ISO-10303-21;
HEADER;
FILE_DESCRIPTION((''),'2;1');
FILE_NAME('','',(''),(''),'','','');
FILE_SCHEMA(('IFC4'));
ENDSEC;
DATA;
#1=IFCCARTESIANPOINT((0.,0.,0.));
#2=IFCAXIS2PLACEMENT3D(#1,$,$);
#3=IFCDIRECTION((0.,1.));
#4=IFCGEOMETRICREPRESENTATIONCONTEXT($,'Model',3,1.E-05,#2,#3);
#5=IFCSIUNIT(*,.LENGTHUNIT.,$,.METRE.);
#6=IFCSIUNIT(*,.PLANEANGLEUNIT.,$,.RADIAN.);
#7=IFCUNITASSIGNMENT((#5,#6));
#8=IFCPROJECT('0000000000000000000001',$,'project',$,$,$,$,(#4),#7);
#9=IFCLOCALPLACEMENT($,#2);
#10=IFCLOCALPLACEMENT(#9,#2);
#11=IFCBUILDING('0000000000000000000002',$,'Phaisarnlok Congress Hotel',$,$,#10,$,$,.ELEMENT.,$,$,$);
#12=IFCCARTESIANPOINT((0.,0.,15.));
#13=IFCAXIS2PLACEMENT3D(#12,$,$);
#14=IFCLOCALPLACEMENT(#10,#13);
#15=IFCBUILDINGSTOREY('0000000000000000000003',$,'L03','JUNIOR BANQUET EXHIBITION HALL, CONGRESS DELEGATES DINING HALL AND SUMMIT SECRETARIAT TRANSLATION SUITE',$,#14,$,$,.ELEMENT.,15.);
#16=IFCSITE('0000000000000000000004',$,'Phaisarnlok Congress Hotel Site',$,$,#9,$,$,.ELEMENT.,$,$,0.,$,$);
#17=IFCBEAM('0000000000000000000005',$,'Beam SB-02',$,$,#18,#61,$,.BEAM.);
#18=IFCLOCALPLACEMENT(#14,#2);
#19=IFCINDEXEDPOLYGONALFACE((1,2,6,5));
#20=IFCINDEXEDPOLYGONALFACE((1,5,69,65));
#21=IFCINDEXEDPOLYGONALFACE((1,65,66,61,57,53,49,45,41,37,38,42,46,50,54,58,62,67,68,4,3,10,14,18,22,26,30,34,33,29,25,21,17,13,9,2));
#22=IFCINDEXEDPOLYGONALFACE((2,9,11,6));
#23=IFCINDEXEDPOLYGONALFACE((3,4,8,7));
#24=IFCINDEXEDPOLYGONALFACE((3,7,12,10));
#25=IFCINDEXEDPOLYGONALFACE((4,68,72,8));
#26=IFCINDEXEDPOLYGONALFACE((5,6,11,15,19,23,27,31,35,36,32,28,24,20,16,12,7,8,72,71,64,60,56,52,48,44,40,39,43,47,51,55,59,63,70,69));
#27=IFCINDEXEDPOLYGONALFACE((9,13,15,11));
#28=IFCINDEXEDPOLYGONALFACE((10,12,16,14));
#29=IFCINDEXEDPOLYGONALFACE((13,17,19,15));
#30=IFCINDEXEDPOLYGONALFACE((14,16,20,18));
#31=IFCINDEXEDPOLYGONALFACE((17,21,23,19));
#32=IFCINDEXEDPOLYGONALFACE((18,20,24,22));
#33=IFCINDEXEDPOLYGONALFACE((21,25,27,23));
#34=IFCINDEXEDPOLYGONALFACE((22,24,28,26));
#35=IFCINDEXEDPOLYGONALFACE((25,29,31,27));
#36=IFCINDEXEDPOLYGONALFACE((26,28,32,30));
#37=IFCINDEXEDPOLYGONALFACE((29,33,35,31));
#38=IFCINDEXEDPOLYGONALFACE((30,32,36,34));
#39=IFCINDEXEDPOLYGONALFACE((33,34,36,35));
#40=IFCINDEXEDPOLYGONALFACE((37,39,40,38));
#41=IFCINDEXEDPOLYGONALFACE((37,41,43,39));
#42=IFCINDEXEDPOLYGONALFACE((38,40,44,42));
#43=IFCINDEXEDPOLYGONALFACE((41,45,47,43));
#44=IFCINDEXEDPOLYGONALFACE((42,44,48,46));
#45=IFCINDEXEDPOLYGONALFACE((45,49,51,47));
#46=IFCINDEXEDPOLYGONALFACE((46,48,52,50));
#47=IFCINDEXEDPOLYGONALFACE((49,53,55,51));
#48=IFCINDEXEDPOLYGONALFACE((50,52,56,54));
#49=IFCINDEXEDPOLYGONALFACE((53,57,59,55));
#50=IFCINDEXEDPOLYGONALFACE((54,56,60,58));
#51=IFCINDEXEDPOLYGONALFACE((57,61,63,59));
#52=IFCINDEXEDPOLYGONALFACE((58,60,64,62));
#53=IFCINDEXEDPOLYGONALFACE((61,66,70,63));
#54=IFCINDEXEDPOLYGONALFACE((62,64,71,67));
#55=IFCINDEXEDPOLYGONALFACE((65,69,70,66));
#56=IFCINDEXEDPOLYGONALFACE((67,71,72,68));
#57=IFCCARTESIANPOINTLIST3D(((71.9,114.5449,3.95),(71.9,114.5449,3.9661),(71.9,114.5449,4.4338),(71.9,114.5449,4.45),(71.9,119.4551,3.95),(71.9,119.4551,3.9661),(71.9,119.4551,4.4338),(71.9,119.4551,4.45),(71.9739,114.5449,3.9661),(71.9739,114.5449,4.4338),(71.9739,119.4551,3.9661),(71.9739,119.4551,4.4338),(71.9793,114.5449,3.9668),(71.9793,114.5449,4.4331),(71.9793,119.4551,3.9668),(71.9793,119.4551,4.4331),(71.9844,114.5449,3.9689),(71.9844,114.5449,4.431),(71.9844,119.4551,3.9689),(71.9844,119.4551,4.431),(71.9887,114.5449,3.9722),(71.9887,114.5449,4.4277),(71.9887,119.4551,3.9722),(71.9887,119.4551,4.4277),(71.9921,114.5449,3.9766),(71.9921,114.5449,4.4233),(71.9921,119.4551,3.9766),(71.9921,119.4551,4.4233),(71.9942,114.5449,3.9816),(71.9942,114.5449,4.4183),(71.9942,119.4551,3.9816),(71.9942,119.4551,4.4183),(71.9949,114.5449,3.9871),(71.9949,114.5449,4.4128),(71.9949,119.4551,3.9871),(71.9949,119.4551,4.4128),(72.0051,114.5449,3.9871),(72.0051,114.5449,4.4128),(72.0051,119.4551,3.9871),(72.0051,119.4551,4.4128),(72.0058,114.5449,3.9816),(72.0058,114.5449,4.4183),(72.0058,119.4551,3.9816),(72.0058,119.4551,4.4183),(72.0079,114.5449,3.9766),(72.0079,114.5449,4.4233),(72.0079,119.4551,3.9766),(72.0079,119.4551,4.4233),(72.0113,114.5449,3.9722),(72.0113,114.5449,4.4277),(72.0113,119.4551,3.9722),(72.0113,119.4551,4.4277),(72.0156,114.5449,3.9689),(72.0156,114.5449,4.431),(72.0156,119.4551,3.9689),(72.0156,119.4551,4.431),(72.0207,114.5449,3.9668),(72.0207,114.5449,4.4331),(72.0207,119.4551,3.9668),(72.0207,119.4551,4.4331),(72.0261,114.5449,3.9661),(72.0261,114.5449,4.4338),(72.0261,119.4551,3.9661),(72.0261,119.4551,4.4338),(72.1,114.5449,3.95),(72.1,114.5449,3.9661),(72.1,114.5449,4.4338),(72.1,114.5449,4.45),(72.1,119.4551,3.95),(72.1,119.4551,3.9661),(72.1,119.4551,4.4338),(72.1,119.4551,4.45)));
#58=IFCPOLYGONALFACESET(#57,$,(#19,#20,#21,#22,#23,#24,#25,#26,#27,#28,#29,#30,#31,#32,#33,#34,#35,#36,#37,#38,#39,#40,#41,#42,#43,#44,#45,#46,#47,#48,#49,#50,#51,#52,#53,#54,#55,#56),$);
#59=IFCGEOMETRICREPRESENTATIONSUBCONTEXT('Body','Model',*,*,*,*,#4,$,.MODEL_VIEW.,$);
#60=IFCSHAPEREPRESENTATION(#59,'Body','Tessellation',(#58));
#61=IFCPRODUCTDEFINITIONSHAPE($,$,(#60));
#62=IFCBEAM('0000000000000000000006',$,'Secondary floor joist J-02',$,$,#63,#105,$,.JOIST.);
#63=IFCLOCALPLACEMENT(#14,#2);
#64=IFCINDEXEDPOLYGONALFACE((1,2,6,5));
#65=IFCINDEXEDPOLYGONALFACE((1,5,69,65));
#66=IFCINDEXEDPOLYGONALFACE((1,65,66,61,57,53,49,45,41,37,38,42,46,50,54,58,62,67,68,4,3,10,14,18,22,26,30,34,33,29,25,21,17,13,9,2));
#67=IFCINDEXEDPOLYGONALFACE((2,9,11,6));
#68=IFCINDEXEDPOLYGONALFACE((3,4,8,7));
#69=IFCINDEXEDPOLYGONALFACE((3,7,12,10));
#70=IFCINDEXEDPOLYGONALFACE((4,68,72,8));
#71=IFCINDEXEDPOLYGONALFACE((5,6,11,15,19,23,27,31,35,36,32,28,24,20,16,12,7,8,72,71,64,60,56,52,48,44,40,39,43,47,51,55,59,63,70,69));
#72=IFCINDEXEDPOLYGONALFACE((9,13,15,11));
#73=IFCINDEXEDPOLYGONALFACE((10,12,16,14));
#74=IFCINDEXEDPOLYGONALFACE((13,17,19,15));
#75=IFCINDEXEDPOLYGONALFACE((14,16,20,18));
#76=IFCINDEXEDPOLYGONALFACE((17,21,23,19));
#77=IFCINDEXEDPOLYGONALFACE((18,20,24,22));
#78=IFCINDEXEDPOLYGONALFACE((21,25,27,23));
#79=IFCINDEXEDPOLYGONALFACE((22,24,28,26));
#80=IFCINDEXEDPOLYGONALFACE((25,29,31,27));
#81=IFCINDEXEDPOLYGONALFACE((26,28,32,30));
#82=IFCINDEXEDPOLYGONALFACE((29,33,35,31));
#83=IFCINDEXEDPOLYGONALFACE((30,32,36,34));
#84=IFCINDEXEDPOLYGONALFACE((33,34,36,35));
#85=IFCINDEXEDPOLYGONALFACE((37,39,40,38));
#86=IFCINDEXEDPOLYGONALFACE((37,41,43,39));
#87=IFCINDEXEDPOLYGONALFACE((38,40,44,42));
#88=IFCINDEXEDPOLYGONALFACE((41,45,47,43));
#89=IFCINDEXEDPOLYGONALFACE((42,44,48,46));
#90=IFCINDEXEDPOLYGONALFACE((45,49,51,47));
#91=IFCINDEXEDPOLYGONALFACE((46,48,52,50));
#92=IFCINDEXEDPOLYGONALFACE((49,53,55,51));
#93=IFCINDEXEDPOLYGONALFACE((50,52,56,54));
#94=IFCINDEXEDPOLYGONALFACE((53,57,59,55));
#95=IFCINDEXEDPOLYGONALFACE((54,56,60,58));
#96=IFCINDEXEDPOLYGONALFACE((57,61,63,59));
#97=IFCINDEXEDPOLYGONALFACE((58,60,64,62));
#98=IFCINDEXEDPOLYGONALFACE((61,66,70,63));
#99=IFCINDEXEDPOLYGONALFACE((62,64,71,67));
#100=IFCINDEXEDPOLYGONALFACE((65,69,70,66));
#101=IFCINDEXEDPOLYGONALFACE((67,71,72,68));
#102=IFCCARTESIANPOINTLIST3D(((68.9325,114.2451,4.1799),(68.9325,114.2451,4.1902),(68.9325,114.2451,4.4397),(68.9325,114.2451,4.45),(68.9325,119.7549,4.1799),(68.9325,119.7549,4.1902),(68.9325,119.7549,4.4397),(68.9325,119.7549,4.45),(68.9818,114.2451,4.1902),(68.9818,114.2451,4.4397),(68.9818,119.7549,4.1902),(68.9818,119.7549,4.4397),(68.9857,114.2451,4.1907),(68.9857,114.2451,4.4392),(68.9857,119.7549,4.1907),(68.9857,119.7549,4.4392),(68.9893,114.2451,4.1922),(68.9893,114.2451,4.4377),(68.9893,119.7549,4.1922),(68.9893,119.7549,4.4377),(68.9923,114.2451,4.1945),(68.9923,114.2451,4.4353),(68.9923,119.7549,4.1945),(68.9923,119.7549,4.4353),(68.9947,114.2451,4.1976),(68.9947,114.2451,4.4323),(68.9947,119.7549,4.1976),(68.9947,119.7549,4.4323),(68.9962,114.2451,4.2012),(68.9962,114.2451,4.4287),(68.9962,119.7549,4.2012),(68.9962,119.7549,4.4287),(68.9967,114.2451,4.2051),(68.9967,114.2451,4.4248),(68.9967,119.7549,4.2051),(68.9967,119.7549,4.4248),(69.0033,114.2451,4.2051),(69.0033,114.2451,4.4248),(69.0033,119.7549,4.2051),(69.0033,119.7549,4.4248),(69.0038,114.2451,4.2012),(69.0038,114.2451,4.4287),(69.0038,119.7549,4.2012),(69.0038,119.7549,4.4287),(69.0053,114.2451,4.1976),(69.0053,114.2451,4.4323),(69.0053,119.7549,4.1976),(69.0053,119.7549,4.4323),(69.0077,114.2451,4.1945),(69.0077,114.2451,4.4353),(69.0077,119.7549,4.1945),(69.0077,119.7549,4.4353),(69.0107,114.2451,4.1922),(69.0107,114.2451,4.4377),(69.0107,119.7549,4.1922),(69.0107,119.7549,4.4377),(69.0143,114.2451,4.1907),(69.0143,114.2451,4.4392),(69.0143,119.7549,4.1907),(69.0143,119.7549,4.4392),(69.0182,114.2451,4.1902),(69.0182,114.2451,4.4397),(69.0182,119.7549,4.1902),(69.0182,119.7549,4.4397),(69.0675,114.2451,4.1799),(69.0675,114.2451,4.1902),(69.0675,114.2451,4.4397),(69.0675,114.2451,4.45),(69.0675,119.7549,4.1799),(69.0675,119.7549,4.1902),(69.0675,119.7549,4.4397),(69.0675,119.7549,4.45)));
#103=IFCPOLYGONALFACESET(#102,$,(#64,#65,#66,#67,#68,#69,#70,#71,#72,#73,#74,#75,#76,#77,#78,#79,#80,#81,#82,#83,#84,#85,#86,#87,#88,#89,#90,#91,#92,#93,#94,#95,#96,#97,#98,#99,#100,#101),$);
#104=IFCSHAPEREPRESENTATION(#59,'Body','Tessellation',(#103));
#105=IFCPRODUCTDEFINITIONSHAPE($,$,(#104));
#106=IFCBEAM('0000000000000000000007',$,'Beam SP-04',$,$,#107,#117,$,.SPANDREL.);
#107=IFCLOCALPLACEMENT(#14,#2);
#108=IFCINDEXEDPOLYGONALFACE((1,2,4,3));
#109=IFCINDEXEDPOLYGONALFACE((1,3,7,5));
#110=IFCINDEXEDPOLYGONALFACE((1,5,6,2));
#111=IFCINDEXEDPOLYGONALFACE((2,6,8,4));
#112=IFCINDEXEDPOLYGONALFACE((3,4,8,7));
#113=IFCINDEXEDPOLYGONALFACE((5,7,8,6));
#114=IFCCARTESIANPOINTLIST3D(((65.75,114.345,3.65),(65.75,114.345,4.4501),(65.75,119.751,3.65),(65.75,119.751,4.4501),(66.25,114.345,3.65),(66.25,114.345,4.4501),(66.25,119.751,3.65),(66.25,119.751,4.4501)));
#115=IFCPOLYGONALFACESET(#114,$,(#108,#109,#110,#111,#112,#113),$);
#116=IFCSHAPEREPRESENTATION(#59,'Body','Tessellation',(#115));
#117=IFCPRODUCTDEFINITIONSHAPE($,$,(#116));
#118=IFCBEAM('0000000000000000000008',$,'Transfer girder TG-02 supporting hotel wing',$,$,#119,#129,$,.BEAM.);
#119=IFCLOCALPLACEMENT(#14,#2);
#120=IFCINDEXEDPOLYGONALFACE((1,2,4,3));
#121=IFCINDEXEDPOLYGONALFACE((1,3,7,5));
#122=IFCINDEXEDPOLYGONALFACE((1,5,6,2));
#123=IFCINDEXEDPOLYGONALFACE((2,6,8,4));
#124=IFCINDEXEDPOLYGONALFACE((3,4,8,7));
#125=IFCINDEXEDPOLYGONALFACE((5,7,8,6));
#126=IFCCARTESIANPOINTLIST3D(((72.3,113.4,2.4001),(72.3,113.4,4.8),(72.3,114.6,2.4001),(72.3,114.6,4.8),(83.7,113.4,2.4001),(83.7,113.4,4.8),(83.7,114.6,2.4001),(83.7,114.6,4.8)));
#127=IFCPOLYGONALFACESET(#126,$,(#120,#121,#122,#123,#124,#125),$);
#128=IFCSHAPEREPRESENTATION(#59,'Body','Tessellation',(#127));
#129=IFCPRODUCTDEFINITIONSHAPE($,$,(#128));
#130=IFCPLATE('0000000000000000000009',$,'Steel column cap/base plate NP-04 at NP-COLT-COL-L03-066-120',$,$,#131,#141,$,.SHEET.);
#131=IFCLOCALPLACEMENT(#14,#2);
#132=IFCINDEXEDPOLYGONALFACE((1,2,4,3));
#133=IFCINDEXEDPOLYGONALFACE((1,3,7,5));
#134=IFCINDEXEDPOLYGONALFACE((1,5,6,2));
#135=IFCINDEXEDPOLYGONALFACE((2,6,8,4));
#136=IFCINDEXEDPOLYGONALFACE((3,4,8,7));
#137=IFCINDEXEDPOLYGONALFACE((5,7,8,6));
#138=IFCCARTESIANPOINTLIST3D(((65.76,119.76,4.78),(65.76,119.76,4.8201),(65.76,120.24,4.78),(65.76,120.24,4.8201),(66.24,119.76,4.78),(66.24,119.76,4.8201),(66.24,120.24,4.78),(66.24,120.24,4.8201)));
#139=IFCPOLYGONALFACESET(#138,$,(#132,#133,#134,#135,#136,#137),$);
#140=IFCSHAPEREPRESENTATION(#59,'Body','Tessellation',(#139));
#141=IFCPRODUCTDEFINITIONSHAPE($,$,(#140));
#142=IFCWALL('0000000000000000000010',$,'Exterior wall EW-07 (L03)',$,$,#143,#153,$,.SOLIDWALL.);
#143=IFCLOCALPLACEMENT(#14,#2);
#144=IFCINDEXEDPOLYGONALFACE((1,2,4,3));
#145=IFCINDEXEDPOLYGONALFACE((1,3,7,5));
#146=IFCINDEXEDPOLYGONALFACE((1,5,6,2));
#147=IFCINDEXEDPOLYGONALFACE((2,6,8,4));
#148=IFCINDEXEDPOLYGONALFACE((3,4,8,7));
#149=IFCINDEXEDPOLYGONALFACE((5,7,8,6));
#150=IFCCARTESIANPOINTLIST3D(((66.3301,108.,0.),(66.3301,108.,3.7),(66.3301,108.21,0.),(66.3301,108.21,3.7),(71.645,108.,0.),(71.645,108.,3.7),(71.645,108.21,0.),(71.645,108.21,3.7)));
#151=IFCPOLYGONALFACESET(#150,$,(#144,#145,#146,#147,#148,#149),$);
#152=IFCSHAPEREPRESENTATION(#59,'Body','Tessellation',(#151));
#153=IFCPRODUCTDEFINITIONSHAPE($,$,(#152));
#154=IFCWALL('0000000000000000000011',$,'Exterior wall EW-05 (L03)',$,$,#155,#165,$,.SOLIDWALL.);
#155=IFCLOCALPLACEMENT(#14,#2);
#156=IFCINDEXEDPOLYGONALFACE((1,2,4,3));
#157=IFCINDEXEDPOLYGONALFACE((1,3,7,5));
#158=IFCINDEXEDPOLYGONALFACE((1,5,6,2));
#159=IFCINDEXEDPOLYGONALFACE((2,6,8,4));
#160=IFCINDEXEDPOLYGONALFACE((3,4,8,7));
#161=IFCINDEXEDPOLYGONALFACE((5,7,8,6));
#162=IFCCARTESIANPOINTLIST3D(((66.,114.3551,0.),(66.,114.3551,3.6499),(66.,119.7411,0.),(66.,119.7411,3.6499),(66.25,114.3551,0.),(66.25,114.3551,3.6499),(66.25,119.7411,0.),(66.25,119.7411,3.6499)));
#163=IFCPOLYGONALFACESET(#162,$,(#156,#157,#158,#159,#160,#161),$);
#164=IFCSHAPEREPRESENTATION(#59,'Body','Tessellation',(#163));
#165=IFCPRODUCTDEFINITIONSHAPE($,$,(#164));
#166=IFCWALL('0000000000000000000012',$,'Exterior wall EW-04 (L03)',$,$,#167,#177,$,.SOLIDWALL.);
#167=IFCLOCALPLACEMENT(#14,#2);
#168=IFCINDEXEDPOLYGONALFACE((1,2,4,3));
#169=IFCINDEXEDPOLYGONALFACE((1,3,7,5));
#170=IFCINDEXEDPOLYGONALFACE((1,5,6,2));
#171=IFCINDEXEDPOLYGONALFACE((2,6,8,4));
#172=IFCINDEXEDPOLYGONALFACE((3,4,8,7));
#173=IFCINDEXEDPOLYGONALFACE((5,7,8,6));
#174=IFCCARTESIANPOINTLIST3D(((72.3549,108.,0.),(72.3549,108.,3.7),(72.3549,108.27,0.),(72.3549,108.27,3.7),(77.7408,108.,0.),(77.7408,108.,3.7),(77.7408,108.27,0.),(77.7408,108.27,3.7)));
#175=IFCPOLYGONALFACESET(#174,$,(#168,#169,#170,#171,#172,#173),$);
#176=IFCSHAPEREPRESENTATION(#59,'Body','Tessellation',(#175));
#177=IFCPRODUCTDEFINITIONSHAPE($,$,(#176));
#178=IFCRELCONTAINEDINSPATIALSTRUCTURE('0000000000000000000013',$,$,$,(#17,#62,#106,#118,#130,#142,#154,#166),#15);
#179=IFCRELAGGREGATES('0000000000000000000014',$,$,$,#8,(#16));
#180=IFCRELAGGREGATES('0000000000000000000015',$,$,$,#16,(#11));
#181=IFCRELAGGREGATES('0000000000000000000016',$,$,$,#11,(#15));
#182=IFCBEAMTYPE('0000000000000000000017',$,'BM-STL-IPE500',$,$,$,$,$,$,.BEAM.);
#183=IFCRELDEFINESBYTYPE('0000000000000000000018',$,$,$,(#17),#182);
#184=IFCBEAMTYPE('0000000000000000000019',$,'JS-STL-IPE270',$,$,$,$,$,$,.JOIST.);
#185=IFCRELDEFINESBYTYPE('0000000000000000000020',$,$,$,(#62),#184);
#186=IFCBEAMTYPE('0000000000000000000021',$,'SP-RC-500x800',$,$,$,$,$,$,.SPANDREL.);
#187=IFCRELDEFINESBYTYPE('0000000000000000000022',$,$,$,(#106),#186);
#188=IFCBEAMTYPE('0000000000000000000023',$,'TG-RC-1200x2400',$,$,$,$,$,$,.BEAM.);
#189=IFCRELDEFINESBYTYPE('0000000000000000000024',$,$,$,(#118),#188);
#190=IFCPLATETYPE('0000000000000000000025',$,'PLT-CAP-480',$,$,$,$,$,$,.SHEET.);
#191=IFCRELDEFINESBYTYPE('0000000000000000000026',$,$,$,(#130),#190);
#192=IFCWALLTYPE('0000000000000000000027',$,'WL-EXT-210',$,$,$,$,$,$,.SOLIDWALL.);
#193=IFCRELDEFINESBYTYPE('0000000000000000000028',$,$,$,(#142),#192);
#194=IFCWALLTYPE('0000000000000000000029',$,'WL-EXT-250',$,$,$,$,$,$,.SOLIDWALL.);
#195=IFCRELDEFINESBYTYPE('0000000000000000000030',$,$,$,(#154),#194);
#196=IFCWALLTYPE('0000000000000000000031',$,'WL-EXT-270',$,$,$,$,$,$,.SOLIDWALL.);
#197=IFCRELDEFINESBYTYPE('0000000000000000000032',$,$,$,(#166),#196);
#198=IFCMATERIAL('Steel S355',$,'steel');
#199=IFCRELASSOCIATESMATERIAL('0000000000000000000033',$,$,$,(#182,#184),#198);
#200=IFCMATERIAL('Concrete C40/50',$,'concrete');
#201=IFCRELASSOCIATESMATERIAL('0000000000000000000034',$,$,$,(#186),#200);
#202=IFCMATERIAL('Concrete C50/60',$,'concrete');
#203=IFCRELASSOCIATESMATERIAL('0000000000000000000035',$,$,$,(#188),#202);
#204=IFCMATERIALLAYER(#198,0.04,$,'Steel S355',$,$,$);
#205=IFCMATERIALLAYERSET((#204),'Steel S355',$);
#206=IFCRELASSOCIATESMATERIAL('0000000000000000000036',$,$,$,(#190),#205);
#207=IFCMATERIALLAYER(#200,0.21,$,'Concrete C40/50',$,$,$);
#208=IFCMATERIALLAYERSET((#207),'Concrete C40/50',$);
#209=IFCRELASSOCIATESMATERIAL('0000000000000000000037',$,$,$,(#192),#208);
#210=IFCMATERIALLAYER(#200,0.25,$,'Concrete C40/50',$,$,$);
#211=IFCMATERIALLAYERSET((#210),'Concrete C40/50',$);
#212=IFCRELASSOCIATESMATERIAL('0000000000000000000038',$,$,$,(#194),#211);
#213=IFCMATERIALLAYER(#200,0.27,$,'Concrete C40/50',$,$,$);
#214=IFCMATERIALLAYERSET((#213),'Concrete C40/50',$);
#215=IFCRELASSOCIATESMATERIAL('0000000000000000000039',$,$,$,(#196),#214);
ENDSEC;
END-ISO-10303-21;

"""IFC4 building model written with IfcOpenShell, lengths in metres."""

from ifc_helpers import new_model, si_unit, direction, frame, frame_2d, origin, origin_2d, place, context, subcontext, project, spatial, rectangle, i_section, extrude, material, layer, layer_set, material_profile, profile_set, type_object, element, save


model = new_model("IFC4")

# Units and contexts
model_context = context("Model", 3, precision=1e-05, world=origin(), true_north=direction((0.0, 1.0)))
body_context = subcontext(model_context, "Body", "Model", "MODEL_VIEW")
ifc_project = project(units=[si_unit("LENGTHUNIT", "METRE"), si_unit("PLANEANGLEUNIT", "RADIAN")], contexts=[model_context])

# Site, building, storey
site_placement = place(None, origin())
site = spatial("IfcSite", under=ifc_project, at=site_placement, Name="Phaisarnlok Congress Hotel Site", CompositionType="ELEMENT", RefElevation=0.0)
building_placement = place(site_placement, origin())
building = spatial("IfcBuilding", under=site, at=building_placement, Name="Phaisarnlok Congress Hotel", CompositionType="ELEMENT")
storey_placement = place(building_placement, frame((0.0, 0.0, 15.0)))
storey = spatial("IfcBuildingStorey", under=building, at=storey_placement, Name="L03", Description="JUNIOR BANQUET EXHIBITION HALL, CONGRESS DELEGATES DINING HALL AND SUMMIT SECRETARIAT TRANSLATION SUITE", CompositionType="ELEMENT", Elevation=15.0)

# Shared definitions
ifc_material_1 = material(Name="Concrete C50/60", Category="concrete")
ifc_material_2 = material(Name="Steel S355", Category="steel")

# Beams
ifc_material_3 = material(Name="Concrete C40/50", Category="concrete")
ifc_material_profile_1 = material_profile(ifc_material_2, i_section(OverallWidth=0.2, OverallDepth=0.5, WebThickness=0.0103, FlangeThickness=0.0161, FilletRadius=0.021, at=origin_2d()), Name="IPE 500")
ifc_profile_set_1 = profile_set([ifc_material_profile_1], Name="Steel S355")
beam_type_1 = type_object("IfcBeamType", Name="BM-STL-IPE500", PredefinedType="BEAM", material=ifc_profile_set_1)
beam_1_placement = place(storey_placement, frame((72.0, 114.5449, 4.2), z_axis=(0.0, 1.0, 0.0), x_axis=(-1.0, 0.0, 0.0)))
element("IfcBeam", 1, at=beam_1_placement, inside=storey, type_object=beam_type_1, Name="Beam SB-02", PredefinedType="BEAM", context=body_context, shape_type="SweptSolid", body=[
    extrude(i_section(OverallWidth=0.2, OverallDepth=0.5, WebThickness=0.0103, FlangeThickness=0.0161, FilletRadius=0.021, at=origin_2d()), origin(), (0.0, 0.0, 1.0), 4.9102),
])
ifc_material_profile_2 = material_profile(ifc_material_2, i_section(OverallWidth=0.135, OverallDepth=0.27, WebThickness=0.0066, FlangeThickness=0.0103, FilletRadius=0.0149, at=origin_2d()), Name="IPE 270")
ifc_profile_set_2 = profile_set([ifc_material_profile_2], Name="Steel S355")
beam_type_2 = type_object("IfcBeamType", Name="JS-STL-IPE270", PredefinedType="JOIST", material=ifc_profile_set_2)
beam_2_placement = place(storey_placement, frame((69.0, 114.2451, 4.3149), z_axis=(0.0, 1.0, 0.0), x_axis=(-1.0, 0.0, 0.0)))
element("IfcBeam", 2, at=beam_2_placement, inside=storey, type_object=beam_type_2, Name="Secondary floor joist J-02", PredefinedType="JOIST", context=body_context, shape_type="SweptSolid", body=[
    extrude(i_section(OverallWidth=0.135, OverallDepth=0.27, WebThickness=0.0066, FlangeThickness=0.0103, FilletRadius=0.0149, at=origin_2d()), origin(), (0.0, 0.0, 1.0), 5.5098),
])
ifc_material_profile_3 = material_profile(ifc_material_3, rectangle(XDim=0.5, YDim=0.8, at=origin_2d()), Name="RC 500x800")
ifc_profile_set_3 = profile_set([ifc_material_profile_3], Name="Concrete C40/50")
beam_type_3 = type_object("IfcBeamType", Name="SP-RC-500x800", PredefinedType="SPANDREL", material=ifc_profile_set_3)
beam_3_placement = place(storey_placement, frame((66.0, 114.345, 4.05), z_axis=(0.0, 1.0, 0.0), x_axis=(-1.0, 0.0, 0.0)))
element("IfcBeam", 3, at=beam_3_placement, inside=storey, type_object=beam_type_3, Name="Beam SP-04", PredefinedType="SPANDREL", context=body_context, shape_type="SweptSolid", body=[
    extrude(rectangle(XDim=0.5, YDim=0.8, at=origin_2d()), origin(), (0.0, 0.0, 1.0), 5.406),
])
ifc_material_profile_4 = material_profile(ifc_material_1, rectangle(XDim=1.2, YDim=2.3999, at=origin_2d()), Name="RC 1200x2400")
ifc_profile_set_4 = profile_set([ifc_material_profile_4], Name="Concrete C50/60")
beam_type_4 = type_object("IfcBeamType", Name="TG-RC-1200x2400", PredefinedType="BEAM", material=ifc_profile_set_4)
beam_4_placement = place(storey_placement, frame((72.3, 114.0, 3.6001), z_axis=(1.0, 0.0, 0.0), x_axis=(0.0, 1.0, 0.0)))
element("IfcBeam", 4, at=beam_4_placement, inside=storey, type_object=beam_type_4, Name="Transfer girder TG-02 supporting hotel wing", PredefinedType="BEAM", context=body_context, shape_type="SweptSolid", body=[
    extrude(rectangle(XDim=1.2, YDim=2.3999, at=origin_2d()), origin(), (0.0, 0.0, 1.0), 11.3999),
])

# Plate
ifc_layer_1 = layer(ifc_material_2, 0.04, Name="Steel S355")
ifc_layer_set_1 = layer_set([ifc_layer_1], Name="Steel S355")
plate_type = type_object("IfcPlateType", Name="PLT-CAP-480", PredefinedType="SHEET", material=ifc_layer_set_1)
plate_placement = place(storey_placement, frame((66.0, 120.0, 4.78), z_axis=(0.0, 0.0, 1.0), x_axis=(1.0, 0.0, 0.0)))
element("IfcPlate", 5, at=plate_placement, inside=storey, type_object=plate_type, Name="Steel column cap/base plate NP-04 at NP-COLT-COL-L03-066-120", PredefinedType="SHEET", context=body_context, shape_type="SweptSolid", body=[
    extrude(rectangle(XDim=0.48, YDim=0.48, at=origin_2d()), origin(), (0.0, 0.0, 1.0), 0.04),
])

# Walls
ifc_layer_2 = layer(ifc_material_3, 0.21, Name="Concrete C40/50")
ifc_layer_set_2 = layer_set([ifc_layer_2], Name="Concrete C40/50")
wall_type_1 = type_object("IfcWallType", Name="WL-EXT-210", PredefinedType="SOLIDWALL", material=ifc_layer_set_2)
wall_1_placement = place(storey_placement, frame((66.3301, 108.105, 0.0), z_axis=(0.0, 0.0, 1.0), x_axis=(1.0, 0.0, 0.0)))
element("IfcWall", 6, at=wall_1_placement, inside=storey, type_object=wall_type_1, Name="Exterior wall EW-07 (L03)", PredefinedType="SOLIDWALL", context=body_context, shape_type="SweptSolid", body=[
    extrude(rectangle(XDim=5.3149, YDim=0.21, at=frame_2d((2.6575, 0.0))), origin(), (0.0, 0.0, 1.0), 3.7),
])
ifc_layer_3 = layer(ifc_material_3, 0.25, Name="Concrete C40/50")
ifc_layer_set_3 = layer_set([ifc_layer_3], Name="Concrete C40/50")
wall_type_2 = type_object("IfcWallType", Name="WL-EXT-250", PredefinedType="SOLIDWALL", material=ifc_layer_set_3)
wall_2_placement = place(storey_placement, frame((66.125, 119.741, 0.0), z_axis=(0.0, 0.0, 1.0), x_axis=(0.0, -1.0, 0.0)))
element("IfcWall", 7, at=wall_2_placement, inside=storey, type_object=wall_type_2, Name="Exterior wall EW-05 (L03)", PredefinedType="SOLIDWALL", context=body_context, shape_type="SweptSolid", body=[
    extrude(rectangle(XDim=5.386, YDim=0.25, at=frame_2d((2.6929, 0.0))), origin(), (0.0, 0.0, 1.0), 3.6499),
])
ifc_layer_4 = layer(ifc_material_3, 0.27, Name="Concrete C40/50")
ifc_layer_set_4 = layer_set([ifc_layer_4], Name="Concrete C40/50")
wall_type_3 = type_object("IfcWallType", Name="WL-EXT-270", PredefinedType="SOLIDWALL", material=ifc_layer_set_4)
wall_3_placement = place(storey_placement, frame((72.355, 108.135, 0.0), z_axis=(0.0, 0.0, 1.0), x_axis=(1.0, 0.0, 0.0)))
element("IfcWall", 8, at=wall_3_placement, inside=storey, type_object=wall_type_3, Name="Exterior wall EW-04 (L03)", PredefinedType="SOLIDWALL", context=body_context, shape_type="SweptSolid", body=[
    extrude(rectangle(XDim=5.386, YDim=0.27, at=frame_2d((2.6929, 0.0))), origin(), (0.0, 0.0, 1.0), 3.7),
])

save(model, "model.ifc")
